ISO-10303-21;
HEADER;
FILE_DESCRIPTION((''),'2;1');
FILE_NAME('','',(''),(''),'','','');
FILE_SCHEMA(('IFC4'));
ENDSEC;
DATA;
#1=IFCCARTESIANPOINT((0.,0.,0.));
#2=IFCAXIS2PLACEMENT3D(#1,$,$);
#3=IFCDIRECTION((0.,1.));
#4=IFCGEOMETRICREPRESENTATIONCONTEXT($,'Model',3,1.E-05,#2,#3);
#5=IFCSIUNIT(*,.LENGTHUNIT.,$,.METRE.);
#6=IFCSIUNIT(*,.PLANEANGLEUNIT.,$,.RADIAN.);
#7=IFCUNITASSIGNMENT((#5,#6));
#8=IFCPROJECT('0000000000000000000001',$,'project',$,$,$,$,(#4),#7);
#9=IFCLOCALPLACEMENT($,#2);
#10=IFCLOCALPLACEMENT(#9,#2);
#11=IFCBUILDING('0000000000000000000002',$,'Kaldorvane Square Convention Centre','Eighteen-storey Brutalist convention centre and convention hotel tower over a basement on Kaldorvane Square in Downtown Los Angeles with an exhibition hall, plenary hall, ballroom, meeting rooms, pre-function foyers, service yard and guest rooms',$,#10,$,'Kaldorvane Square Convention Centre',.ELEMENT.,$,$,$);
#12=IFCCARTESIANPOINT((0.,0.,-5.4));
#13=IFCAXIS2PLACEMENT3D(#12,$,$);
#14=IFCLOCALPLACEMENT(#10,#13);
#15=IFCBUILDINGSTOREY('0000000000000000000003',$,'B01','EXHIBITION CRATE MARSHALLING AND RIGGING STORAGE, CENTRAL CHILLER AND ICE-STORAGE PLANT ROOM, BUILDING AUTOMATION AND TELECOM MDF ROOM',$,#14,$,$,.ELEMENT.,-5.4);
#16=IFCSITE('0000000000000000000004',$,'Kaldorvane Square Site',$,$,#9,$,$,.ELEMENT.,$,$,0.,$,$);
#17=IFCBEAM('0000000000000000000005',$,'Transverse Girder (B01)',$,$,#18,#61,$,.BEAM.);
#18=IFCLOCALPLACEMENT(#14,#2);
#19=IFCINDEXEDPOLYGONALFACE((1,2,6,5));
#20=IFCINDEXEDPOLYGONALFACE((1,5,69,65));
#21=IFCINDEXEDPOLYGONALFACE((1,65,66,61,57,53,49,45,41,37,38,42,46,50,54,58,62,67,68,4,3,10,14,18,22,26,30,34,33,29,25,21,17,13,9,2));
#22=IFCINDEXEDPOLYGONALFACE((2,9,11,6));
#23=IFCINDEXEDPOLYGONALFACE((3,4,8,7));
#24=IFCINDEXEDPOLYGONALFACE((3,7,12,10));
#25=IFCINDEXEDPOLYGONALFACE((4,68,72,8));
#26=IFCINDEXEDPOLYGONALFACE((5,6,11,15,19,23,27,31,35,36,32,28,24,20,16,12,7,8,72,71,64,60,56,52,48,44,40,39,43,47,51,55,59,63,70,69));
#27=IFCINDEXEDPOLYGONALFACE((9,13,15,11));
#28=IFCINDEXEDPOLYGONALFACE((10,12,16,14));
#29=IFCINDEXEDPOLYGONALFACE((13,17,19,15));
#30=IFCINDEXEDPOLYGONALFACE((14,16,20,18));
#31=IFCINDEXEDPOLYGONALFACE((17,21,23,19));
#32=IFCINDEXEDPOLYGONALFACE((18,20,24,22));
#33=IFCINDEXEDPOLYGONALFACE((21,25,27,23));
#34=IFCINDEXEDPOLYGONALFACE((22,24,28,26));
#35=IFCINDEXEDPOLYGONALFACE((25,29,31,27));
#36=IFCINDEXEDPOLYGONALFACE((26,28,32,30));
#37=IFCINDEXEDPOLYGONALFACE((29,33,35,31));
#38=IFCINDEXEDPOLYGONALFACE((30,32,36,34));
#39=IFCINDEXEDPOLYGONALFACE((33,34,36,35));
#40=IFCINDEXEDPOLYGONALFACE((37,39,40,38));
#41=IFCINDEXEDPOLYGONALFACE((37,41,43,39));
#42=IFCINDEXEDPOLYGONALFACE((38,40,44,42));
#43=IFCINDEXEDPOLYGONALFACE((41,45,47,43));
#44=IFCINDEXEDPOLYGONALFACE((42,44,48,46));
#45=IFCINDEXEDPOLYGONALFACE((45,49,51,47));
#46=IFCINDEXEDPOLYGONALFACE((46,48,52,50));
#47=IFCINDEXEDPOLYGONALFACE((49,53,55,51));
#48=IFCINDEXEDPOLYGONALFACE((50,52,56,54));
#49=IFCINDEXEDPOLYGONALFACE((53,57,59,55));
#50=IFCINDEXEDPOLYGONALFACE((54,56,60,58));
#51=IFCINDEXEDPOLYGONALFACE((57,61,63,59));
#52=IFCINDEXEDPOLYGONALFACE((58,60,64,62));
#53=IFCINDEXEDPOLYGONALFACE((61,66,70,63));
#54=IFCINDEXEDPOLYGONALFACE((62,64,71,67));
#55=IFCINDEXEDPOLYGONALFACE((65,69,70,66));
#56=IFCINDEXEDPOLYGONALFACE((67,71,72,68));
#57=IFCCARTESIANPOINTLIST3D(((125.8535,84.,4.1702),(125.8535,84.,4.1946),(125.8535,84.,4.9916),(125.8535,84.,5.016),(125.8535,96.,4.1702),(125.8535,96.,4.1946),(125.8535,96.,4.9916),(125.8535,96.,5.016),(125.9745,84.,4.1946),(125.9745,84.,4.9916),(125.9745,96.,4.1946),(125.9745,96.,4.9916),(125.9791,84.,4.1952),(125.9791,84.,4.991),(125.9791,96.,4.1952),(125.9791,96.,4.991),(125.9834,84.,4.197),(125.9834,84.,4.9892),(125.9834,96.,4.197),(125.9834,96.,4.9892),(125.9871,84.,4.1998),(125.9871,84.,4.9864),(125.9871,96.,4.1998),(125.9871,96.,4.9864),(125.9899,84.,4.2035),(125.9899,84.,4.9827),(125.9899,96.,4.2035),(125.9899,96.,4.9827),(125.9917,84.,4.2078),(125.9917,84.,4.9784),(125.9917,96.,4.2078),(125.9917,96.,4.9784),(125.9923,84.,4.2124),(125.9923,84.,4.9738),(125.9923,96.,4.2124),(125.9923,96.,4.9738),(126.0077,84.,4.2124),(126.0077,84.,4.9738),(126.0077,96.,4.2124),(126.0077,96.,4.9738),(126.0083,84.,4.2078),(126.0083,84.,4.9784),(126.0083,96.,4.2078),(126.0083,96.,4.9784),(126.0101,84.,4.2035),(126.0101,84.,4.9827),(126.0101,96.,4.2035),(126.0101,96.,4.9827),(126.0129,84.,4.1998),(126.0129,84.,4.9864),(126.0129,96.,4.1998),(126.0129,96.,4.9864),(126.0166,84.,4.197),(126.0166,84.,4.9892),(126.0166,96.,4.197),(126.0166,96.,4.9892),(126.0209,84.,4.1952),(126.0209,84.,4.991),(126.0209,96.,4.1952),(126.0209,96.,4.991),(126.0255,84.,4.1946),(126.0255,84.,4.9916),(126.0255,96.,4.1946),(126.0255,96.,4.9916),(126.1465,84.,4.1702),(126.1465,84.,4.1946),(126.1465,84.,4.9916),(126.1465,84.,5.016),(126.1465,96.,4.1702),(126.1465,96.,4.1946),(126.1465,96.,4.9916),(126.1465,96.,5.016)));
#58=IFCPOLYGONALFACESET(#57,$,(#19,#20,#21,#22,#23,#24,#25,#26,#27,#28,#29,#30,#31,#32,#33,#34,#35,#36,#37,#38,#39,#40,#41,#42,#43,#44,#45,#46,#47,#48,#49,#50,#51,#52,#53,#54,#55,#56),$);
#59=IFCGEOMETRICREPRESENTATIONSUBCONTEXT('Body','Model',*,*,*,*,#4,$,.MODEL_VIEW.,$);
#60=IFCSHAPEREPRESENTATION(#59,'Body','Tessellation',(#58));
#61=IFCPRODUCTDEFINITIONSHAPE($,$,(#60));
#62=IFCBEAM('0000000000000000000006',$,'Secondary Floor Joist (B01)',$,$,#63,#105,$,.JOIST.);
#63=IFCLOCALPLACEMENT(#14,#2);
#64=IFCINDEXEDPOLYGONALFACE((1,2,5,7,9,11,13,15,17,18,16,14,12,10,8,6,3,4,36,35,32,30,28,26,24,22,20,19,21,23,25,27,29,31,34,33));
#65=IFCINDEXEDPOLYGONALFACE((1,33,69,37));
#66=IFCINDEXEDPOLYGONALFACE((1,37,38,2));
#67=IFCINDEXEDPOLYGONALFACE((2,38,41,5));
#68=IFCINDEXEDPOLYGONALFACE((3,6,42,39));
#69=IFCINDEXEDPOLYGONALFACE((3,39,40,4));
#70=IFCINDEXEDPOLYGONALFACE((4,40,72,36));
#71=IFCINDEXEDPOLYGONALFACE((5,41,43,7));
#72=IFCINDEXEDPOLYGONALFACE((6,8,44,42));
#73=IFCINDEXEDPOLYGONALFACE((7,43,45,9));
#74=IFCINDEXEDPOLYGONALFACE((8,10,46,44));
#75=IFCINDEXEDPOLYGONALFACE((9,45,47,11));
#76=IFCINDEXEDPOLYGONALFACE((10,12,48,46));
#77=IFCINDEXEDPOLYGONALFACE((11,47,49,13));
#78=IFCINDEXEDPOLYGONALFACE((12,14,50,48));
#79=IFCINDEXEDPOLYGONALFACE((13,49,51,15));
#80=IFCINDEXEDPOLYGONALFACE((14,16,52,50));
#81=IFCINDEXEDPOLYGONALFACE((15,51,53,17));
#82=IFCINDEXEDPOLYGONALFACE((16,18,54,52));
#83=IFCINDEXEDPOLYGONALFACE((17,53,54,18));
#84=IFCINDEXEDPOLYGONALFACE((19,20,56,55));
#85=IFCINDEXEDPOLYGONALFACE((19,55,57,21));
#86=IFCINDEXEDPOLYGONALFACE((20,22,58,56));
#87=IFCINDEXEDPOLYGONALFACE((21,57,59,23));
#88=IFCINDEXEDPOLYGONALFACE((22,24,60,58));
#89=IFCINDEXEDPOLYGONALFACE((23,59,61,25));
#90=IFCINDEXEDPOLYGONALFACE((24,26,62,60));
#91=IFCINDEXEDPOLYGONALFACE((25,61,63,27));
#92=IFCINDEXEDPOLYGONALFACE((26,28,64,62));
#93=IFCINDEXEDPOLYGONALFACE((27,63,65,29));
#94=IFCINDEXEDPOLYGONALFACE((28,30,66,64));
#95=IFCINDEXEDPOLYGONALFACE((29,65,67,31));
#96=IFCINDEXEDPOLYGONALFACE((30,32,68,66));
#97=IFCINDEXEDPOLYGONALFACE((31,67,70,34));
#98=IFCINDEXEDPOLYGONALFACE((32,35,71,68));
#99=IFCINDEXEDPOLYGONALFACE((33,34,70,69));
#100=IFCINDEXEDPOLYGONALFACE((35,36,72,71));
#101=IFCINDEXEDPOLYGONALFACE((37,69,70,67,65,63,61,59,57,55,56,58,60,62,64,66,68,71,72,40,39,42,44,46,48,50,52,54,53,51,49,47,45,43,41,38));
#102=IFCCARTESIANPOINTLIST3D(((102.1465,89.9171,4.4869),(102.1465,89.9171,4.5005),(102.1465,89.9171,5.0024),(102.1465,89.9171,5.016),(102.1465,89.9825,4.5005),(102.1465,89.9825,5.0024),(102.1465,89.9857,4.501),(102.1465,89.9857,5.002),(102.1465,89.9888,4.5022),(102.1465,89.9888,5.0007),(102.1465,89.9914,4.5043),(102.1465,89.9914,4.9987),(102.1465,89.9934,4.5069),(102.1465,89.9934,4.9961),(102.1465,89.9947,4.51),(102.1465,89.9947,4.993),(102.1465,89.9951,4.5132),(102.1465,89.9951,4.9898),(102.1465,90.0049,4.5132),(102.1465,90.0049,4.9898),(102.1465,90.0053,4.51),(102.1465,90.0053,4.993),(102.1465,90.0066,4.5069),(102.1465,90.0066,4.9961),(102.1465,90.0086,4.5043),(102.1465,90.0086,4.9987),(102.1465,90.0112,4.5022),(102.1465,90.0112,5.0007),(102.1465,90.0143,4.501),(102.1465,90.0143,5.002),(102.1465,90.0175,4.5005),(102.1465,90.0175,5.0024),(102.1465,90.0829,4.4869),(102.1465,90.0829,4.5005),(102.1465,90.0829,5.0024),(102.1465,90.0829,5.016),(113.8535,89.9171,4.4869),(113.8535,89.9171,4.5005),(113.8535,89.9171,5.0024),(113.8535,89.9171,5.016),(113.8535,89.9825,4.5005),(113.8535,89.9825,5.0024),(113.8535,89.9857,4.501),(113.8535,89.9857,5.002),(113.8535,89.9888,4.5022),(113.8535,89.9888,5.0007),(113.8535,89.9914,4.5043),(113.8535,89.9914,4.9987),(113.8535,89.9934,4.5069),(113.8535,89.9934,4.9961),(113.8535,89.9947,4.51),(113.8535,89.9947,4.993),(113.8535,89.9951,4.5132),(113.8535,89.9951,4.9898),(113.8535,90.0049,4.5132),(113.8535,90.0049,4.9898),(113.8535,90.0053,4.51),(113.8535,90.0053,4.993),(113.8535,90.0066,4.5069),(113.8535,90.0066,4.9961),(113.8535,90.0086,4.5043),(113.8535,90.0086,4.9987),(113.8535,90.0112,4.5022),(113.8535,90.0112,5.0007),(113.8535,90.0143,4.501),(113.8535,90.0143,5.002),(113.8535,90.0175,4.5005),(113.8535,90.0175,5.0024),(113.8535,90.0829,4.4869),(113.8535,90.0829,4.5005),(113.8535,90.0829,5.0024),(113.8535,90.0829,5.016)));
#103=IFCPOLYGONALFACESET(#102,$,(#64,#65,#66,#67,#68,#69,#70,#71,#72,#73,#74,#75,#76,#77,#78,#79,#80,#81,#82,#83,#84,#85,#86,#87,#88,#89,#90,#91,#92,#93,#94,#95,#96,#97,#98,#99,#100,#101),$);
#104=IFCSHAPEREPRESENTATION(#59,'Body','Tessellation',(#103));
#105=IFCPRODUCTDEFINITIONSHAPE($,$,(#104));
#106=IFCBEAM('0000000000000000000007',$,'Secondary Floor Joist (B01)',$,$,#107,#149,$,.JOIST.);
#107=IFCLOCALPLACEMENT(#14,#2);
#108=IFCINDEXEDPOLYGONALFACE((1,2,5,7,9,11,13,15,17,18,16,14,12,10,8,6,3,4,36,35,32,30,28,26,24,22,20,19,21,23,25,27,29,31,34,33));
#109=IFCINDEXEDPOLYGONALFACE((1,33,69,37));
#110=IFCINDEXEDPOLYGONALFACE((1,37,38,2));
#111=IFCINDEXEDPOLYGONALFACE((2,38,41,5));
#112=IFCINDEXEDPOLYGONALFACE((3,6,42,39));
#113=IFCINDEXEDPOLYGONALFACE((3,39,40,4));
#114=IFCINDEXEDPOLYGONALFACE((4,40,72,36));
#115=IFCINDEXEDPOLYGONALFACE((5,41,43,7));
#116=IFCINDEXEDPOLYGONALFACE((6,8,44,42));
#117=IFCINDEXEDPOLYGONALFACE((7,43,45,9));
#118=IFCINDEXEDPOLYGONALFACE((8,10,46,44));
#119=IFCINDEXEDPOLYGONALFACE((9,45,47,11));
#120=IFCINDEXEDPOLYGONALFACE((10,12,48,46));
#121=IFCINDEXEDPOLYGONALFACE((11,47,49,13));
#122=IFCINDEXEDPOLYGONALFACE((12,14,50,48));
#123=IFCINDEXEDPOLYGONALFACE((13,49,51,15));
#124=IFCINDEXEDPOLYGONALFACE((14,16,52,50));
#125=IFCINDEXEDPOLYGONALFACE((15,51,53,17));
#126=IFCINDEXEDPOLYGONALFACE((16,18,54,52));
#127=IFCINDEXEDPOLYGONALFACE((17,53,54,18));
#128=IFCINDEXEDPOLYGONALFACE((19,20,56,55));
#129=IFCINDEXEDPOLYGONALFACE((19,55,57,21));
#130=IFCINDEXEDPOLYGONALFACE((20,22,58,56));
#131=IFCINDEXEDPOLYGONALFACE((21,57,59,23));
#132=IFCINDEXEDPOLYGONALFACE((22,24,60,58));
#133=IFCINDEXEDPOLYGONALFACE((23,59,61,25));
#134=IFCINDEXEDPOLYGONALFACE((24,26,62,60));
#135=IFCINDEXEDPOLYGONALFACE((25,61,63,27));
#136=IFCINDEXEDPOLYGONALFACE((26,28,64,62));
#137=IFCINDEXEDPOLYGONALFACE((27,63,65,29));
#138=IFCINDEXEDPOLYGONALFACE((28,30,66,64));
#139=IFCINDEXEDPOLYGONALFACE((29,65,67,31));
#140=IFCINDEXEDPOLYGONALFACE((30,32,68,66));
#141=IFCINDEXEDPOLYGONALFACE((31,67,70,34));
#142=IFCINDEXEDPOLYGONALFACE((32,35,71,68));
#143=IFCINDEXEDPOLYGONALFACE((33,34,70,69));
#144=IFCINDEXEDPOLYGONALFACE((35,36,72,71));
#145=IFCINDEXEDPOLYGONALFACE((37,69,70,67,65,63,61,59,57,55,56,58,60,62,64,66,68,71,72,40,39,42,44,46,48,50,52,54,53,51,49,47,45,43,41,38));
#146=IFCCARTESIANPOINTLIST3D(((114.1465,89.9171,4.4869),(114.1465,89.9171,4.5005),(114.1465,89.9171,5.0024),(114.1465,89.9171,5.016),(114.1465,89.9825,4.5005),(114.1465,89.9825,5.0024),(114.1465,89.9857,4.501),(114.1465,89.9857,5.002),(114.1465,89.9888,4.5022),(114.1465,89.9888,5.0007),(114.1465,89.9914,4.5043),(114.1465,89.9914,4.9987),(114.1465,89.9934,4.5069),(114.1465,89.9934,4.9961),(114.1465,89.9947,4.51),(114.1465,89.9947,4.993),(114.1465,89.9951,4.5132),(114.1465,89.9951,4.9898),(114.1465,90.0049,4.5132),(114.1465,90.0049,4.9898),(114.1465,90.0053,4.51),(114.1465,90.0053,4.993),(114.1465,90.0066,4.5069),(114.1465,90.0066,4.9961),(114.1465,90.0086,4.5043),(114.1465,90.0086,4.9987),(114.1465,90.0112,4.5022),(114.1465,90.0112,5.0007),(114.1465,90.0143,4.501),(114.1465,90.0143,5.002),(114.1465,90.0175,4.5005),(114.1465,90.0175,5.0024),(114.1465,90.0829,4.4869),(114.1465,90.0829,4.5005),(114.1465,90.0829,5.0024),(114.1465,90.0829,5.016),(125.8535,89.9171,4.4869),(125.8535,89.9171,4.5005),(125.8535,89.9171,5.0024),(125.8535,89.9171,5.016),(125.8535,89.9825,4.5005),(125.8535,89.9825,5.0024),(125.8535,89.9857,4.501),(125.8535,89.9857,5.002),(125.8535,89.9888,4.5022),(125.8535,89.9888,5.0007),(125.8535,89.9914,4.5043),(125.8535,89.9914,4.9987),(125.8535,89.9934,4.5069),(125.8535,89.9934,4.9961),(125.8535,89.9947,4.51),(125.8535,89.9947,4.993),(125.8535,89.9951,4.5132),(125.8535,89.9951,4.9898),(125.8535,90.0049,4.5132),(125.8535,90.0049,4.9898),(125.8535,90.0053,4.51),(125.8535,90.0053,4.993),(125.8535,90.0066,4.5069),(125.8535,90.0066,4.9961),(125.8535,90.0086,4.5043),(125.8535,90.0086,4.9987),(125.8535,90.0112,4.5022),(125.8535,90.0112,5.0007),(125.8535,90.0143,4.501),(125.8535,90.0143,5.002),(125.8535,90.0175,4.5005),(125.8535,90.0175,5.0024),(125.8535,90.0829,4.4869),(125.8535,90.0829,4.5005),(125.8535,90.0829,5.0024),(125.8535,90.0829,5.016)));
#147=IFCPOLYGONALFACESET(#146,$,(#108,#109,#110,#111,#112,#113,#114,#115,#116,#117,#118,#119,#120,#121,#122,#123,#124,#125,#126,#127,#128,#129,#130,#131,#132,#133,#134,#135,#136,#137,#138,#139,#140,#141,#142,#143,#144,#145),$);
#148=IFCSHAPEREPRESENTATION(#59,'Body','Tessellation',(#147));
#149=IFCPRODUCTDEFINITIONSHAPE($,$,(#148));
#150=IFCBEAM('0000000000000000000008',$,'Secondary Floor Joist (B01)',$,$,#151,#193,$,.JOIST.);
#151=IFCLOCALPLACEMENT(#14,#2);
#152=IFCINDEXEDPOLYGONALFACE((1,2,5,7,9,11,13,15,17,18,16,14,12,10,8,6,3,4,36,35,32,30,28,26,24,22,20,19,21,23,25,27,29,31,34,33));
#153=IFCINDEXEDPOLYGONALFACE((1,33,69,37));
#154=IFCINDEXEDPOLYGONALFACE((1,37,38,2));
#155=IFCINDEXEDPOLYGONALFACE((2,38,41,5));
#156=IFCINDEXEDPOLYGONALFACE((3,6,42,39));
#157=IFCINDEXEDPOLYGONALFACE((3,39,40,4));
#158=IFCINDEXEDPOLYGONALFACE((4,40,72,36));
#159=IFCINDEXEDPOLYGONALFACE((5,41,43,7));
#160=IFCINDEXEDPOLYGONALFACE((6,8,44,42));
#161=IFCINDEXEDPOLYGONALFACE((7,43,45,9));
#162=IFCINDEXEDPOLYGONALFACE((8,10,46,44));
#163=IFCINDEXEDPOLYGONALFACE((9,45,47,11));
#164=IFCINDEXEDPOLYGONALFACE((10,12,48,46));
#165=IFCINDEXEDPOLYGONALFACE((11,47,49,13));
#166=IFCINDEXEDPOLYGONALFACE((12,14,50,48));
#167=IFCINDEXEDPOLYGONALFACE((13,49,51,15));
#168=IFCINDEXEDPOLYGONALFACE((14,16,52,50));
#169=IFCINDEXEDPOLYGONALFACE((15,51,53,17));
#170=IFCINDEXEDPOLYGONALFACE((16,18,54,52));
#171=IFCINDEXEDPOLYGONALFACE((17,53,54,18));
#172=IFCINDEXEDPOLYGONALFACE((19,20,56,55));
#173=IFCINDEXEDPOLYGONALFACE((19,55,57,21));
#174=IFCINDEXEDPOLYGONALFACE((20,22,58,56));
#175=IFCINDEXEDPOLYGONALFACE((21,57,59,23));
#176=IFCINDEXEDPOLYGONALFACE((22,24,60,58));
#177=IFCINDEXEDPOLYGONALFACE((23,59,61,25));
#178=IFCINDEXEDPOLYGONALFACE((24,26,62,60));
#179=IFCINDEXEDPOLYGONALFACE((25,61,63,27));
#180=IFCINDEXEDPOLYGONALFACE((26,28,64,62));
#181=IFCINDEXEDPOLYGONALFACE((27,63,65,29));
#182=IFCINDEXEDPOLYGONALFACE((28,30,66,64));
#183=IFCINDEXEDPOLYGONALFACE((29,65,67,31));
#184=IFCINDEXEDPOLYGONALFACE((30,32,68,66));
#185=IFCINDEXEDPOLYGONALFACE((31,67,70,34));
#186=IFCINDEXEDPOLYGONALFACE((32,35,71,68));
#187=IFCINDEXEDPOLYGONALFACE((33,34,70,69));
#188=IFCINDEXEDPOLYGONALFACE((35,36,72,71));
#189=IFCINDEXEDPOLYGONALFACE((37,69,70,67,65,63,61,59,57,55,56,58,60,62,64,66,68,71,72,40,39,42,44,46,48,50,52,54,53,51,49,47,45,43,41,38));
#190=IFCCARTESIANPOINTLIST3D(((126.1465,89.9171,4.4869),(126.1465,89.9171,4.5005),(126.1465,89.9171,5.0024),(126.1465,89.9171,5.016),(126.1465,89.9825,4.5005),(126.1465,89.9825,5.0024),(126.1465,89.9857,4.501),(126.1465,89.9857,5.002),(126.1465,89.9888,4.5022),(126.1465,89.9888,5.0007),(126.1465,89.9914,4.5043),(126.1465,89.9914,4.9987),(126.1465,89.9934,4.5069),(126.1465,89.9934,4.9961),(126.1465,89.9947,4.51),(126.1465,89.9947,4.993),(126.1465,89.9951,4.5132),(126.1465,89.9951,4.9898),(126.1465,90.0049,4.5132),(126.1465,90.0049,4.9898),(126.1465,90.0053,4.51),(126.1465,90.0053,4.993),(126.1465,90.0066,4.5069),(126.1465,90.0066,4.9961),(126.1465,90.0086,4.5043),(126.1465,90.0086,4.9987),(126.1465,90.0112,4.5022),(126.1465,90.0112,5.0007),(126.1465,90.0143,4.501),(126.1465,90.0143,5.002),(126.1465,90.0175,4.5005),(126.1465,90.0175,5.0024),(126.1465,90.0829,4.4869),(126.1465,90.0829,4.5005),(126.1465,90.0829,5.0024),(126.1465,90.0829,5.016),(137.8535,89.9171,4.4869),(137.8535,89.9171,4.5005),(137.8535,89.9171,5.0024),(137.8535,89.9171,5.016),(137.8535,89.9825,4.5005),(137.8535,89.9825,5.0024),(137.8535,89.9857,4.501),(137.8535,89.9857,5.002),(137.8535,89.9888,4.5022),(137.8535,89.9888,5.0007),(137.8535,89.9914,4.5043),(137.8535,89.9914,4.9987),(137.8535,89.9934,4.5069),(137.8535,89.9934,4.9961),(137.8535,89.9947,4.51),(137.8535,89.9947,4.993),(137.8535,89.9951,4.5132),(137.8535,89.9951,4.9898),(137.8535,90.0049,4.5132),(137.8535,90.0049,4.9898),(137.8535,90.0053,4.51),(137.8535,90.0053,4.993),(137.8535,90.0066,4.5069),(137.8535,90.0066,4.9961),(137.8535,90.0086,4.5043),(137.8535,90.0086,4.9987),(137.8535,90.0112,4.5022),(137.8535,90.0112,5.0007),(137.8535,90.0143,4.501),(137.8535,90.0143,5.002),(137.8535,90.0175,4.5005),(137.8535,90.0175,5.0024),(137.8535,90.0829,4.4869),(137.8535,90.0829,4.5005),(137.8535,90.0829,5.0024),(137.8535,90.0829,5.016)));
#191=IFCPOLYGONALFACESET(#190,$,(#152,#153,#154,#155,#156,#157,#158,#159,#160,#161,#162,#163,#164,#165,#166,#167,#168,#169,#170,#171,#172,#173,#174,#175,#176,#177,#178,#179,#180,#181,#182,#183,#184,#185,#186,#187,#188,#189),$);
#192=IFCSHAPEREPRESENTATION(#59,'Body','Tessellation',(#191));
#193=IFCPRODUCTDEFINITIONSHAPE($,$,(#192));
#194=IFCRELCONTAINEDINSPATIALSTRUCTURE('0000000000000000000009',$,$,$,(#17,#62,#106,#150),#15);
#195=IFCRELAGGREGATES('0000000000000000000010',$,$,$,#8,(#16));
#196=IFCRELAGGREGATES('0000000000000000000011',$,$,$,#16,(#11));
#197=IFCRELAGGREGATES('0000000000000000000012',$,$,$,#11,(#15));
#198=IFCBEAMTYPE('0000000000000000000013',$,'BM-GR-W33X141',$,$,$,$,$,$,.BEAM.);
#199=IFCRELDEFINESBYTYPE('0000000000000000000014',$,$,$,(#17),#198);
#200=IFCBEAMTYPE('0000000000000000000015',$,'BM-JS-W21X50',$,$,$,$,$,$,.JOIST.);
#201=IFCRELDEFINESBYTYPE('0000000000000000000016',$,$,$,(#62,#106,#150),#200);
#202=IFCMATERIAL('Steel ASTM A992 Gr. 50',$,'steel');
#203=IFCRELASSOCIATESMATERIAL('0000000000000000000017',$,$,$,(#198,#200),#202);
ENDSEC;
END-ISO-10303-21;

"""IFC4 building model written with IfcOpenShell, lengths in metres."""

from ifc_helpers import new_model, si_unit, direction, frame, origin, origin_2d, place, context, subcontext, project, spatial, i_section, extrude, material, material_profile, profile_set, type_object, element, save


model = new_model("IFC4")

# Units and contexts
model_context = context("Model", 3, precision=1e-05, world=origin(), true_north=direction((0.0, 1.0)))
body_context = subcontext(model_context, "Body", "Model", "MODEL_VIEW")
ifc_project = project(units=[si_unit("LENGTHUNIT", "METRE"), si_unit("PLANEANGLEUNIT", "RADIAN")], contexts=[model_context])

# Site, building, storey
site_placement = place(None, origin())
site = spatial("IfcSite", under=ifc_project, at=site_placement, Name="Kaldorvane Square Site", CompositionType="ELEMENT", RefElevation=0.0)
building_placement = place(site_placement, origin())
building = spatial("IfcBuilding", under=site, at=building_placement, Name="Kaldorvane Square Convention Centre", Description="Eighteen-storey Brutalist convention centre and convention hotel tower over a basement on Kaldorvane Square in Downtown Los Angeles with an exhibition hall, plenary hall, ballroom, meeting rooms, pre-function foyers, service yard and guest rooms", LongName="Kaldorvane Square Convention Centre", CompositionType="ELEMENT")
storey_placement = place(building_placement, frame((0.0, 0.0, -5.4)))
storey = spatial("IfcBuildingStorey", under=building, at=storey_placement, Name="B01", Description="EXHIBITION CRATE MARSHALLING AND RIGGING STORAGE, CENTRAL CHILLER AND ICE-STORAGE PLANT ROOM, BUILDING AUTOMATION AND TELECOM MDF ROOM", CompositionType="ELEMENT", Elevation=-5.4)

# Shared definitions
ifc_material_1 = material(Name="Steel ASTM A992 Gr. 50", Category="steel")

# Beams
ifc_material_profile_1 = material_profile(ifc_material_1, i_section(OverallWidth=0.293, OverallDepth=0.8458, WebThickness=0.0154, FlangeThickness=0.0244, FilletRadius=0.0178, at=origin_2d()), Name="W33X141")
ifc_profile_set_1 = profile_set([ifc_material_profile_1], Name="Steel ASTM A992 Gr. 50")
beam_type_1 = type_object("IfcBeamType", Name="BM-GR-W33X141", PredefinedType="BEAM", material=ifc_profile_set_1)
for number, where, z_axis, x_axis, name in (
    (1, (126.0, 84.0, 4.5931), (0.0, 1.0, 0.0), (-1.0, 0.0, 0.0), "Transverse Girder (B01)"),
):
    element("IfcBeam", number, at=place(storey_placement, frame(where, z_axis=z_axis, x_axis=x_axis)), inside=storey, type_object=beam_type_1, Name=name, PredefinedType="BEAM", context=body_context, shape_type="SweptSolid", body=[
        extrude(i_section(OverallWidth=0.293, OverallDepth=0.8458, WebThickness=0.0154, FlangeThickness=0.0244, FilletRadius=0.0178, at=origin_2d()), origin(), (0.0, 0.0, 1.0), 12.0),
    ])
ifc_material_profile_2 = material_profile(ifc_material_1, i_section(OverallWidth=0.1659, OverallDepth=0.5291, WebThickness=0.0097, FlangeThickness=0.0136, FilletRadius=0.0127, at=origin_2d()), Name="W21X50")
ifc_profile_set_2 = profile_set([ifc_material_profile_2], Name="Steel ASTM A992 Gr. 50")
beam_type_2 = type_object("IfcBeamType", Name="BM-JS-W21X50", PredefinedType="JOIST", material=ifc_profile_set_2)
for number, where, z_axis, x_axis, name in (
    (2, (102.1465, 90.0, 4.7515), (1.0, 0.0, 0.0), (0.0, 1.0, 0.0), "Secondary Floor Joist (B01)"),
    (3, (114.1465, 90.0, 4.7515), (1.0, 0.0, 0.0), (0.0, 1.0, 0.0), "Secondary Floor Joist (B01)"),
    (4, (126.1465, 90.0, 4.7515), (1.0, 0.0, 0.0), (0.0, 1.0, 0.0), "Secondary Floor Joist (B01)"),
):
    element("IfcBeam", number, at=place(storey_placement, frame(where, z_axis=z_axis, x_axis=x_axis)), inside=storey, type_object=beam_type_2, Name=name, PredefinedType="JOIST", context=body_context, shape_type="SweptSolid", body=[
        extrude(i_section(OverallWidth=0.1659, OverallDepth=0.5291, WebThickness=0.0097, FlangeThickness=0.0136, FilletRadius=0.0127, at=origin_2d()), origin(), (0.0, 0.0, 1.0), 11.707),
    ])

save(model, "model.ifc")
